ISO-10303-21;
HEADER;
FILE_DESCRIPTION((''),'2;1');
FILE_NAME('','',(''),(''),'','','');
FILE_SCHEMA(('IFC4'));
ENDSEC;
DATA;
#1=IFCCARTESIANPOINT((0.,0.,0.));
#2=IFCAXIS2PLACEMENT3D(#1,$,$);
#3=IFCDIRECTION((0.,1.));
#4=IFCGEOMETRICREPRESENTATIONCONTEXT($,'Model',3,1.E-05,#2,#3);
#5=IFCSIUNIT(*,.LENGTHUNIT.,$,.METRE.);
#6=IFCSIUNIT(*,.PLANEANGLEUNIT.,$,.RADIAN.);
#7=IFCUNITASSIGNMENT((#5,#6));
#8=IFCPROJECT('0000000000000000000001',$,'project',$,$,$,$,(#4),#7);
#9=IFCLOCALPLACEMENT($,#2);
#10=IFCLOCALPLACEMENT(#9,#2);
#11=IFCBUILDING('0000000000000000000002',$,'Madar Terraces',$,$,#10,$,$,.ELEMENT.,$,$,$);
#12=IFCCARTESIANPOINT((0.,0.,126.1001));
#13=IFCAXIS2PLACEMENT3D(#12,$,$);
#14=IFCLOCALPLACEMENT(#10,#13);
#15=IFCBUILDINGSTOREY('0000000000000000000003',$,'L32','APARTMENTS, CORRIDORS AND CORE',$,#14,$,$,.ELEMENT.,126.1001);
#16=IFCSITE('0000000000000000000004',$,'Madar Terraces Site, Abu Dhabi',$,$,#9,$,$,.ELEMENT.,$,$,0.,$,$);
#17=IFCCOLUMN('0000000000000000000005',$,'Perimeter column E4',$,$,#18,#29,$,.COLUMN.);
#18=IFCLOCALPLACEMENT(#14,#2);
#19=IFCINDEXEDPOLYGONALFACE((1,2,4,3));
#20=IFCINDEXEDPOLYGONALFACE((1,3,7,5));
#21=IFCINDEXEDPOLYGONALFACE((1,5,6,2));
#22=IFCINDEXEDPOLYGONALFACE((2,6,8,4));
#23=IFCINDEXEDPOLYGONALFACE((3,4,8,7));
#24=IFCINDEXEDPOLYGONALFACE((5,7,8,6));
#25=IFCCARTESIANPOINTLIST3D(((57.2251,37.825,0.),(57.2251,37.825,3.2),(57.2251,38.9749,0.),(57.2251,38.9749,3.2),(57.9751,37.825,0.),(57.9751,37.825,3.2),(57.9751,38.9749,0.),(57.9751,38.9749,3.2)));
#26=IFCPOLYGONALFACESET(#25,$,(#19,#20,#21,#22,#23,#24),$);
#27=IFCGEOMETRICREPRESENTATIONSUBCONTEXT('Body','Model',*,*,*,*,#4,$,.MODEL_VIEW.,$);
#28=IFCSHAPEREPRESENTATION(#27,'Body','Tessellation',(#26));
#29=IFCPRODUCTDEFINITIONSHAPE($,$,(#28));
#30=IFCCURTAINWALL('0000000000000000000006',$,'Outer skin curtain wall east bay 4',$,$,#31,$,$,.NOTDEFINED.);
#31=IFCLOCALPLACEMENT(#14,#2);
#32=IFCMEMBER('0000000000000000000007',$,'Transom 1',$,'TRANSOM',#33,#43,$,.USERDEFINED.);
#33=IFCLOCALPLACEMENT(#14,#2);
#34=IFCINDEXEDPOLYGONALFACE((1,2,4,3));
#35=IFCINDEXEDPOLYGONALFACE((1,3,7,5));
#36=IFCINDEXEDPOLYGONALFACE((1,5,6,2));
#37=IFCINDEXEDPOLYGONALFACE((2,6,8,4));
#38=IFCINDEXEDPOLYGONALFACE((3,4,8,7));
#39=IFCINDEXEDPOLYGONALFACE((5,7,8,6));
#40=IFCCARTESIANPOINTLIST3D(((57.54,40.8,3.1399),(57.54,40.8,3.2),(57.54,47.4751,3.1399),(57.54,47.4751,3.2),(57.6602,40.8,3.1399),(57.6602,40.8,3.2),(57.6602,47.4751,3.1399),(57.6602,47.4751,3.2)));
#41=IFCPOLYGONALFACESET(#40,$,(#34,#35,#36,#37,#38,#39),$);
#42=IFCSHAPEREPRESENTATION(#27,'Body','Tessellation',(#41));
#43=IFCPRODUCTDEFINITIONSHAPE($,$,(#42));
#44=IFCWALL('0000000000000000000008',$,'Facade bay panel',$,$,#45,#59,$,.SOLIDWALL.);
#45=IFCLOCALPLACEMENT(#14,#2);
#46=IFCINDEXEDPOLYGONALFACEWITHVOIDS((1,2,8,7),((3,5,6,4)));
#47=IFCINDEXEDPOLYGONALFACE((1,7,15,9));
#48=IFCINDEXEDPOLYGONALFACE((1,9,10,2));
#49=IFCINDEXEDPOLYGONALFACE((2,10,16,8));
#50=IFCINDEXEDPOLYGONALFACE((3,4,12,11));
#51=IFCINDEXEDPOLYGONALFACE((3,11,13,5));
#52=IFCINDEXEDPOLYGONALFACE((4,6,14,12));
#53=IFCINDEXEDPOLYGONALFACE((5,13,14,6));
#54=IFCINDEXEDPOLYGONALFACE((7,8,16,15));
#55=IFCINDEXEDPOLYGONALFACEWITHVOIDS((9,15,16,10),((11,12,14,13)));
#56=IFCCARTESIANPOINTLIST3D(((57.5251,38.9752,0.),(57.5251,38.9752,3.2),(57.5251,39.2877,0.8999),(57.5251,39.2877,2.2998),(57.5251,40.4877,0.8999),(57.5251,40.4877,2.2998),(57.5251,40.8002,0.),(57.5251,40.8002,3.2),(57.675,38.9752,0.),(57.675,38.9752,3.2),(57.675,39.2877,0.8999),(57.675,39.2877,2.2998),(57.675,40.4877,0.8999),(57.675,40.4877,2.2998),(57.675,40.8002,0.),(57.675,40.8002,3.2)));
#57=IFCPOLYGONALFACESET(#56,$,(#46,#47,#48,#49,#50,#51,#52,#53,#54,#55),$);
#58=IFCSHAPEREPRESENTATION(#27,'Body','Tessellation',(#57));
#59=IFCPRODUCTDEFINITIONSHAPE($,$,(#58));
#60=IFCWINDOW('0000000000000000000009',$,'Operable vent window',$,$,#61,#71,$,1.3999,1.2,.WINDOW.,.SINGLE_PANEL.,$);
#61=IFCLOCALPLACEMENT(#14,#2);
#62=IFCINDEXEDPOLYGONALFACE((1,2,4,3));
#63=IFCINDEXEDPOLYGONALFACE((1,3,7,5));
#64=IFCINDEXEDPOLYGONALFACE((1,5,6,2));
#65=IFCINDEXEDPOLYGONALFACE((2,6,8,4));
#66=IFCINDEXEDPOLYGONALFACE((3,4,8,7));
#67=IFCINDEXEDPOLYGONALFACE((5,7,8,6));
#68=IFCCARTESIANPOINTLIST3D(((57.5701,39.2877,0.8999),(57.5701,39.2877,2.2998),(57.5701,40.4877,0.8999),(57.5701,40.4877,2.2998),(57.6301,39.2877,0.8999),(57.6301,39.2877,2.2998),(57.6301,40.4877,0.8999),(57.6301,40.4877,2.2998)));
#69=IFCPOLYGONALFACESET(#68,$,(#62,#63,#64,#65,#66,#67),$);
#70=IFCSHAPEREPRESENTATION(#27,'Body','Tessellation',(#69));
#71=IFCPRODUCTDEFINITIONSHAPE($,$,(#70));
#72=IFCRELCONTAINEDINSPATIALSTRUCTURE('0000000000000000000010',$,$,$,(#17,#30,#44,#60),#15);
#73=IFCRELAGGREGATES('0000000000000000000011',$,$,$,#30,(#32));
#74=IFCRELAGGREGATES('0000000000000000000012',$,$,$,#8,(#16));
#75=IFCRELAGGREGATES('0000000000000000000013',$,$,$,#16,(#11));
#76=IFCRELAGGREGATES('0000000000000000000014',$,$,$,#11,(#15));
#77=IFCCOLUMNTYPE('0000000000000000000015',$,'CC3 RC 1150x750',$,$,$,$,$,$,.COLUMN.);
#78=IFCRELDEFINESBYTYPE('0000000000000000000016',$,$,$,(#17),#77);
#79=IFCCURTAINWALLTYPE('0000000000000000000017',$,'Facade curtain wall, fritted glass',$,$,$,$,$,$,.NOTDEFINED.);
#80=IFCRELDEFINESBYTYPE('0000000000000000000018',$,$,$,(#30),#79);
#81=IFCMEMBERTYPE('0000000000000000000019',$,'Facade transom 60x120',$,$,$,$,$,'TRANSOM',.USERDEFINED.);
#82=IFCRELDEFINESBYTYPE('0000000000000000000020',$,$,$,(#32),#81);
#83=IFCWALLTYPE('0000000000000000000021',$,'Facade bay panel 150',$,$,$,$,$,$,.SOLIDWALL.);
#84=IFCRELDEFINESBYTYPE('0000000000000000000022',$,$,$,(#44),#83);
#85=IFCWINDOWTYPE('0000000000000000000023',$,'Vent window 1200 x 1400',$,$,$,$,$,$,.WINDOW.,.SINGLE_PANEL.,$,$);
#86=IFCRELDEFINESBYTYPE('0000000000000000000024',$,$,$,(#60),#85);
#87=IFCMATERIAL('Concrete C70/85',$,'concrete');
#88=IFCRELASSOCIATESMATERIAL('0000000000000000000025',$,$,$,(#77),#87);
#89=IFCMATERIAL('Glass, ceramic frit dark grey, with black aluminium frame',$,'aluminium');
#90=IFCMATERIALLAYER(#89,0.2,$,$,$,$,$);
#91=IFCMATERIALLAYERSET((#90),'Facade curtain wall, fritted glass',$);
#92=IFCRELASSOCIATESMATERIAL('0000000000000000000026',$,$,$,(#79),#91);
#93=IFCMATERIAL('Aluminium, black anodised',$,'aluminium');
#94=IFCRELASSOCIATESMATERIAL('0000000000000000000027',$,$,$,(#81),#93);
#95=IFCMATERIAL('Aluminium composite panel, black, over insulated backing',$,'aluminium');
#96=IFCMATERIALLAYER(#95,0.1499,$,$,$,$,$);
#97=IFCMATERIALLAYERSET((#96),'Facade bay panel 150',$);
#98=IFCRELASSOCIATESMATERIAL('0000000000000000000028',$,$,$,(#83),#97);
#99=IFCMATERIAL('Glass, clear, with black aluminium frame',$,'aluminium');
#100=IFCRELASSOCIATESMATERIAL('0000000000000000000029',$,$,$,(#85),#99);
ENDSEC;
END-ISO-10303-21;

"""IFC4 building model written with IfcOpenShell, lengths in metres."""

from ifc_helpers import new_model, si_unit, direction, frame, frame_2d, origin, origin_2d, place, context, subcontext, project, spatial, rectangle, extrude, material, layer, layer_set, material_profile, profile_set, type_object, element, fill, aggregate, save


model = new_model("IFC4")

# Units and contexts
model_context = context("Model", 3, precision=1e-05, world=origin(), true_north=direction((0.0, 1.0)))
body_context = subcontext(model_context, "Body", "Model", "MODEL_VIEW")
ifc_project = project(units=[si_unit("LENGTHUNIT", "METRE"), si_unit("PLANEANGLEUNIT", "RADIAN")], contexts=[model_context])

# Site, building, storey
site_placement = place(None, origin())
site = spatial("IfcSite", under=ifc_project, at=site_placement, Name="Madar Terraces Site, Abu Dhabi", CompositionType="ELEMENT", RefElevation=0.0)
building_placement = place(site_placement, origin())
building = spatial("IfcBuilding", under=site, at=building_placement, Name="Madar Terraces", CompositionType="ELEMENT")
storey_placement = place(building_placement, frame((0.0, 0.0, 126.1001)))
storey = spatial("IfcBuildingStorey", under=building, at=storey_placement, Name="L32", Description="APARTMENTS, CORRIDORS AND CORE", CompositionType="ELEMENT", Elevation=126.1001)

# Column
ifc_material_1 = material(Name="Concrete C70/85", Category="concrete")
ifc_material_profile_1 = material_profile(ifc_material_1, rectangle(XDim=1.1499, YDim=0.75, at=origin_2d()), Name="CC3 RC 1150x750")
ifc_profile_set_1 = profile_set([ifc_material_profile_1], Name="Concrete C70/85")
column_type = type_object("IfcColumnType", Name="CC3 RC 1150x750", PredefinedType="COLUMN", material=ifc_profile_set_1)
column_placement = place(storey_placement, frame((57.6001, 38.3999, 0.0), z_axis=(0.0, 0.0, 1.0), x_axis=(0.0, 1.0, 0.0)))
element("IfcColumn", 1, at=column_placement, inside=storey, type_object=column_type, Name="Perimeter column E4", PredefinedType="COLUMN", context=body_context, shape_type="SweptSolid", body=[
    extrude(rectangle(XDim=1.1499, YDim=0.75, at=origin_2d()), origin(), (0.0, 0.0, 1.0), 3.2),
])

# Curtain wall, member
ifc_material_2 = material(Name="Glass, ceramic frit dark grey, with black aluminium frame", Category="aluminium")
ifc_layer_1 = layer(ifc_material_2, 0.2)
ifc_layer_set_1 = layer_set([ifc_layer_1], Name="Facade curtain wall, fritted glass")
curtain_wall_type = type_object("IfcCurtainWallType", Name="Facade curtain wall, fritted glass", PredefinedType="NOTDEFINED", material=ifc_layer_set_1)
curtain_wall_placement = place(storey_placement, origin())
curtain_wall = element("IfcCurtainWall", 2, at=curtain_wall_placement, inside=storey, type_object=curtain_wall_type, Name="Outer skin curtain wall east bay 4", PredefinedType="NOTDEFINED")
ifc_material_3 = material(Name="Aluminium, black anodised", Category="aluminium")
ifc_material_profile_2 = material_profile(ifc_material_3, rectangle(XDim=0.1201, YDim=0.0601, at=origin_2d()), Name="Facade transom 60x120")
ifc_profile_set_2 = profile_set([ifc_material_profile_2], Name="Aluminium, black anodised")
member_type = type_object("IfcMemberType", Name="Facade transom 60x120", ElementType="TRANSOM", PredefinedType="USERDEFINED", material=ifc_profile_set_2)
member_placement = place(storey_placement, frame((57.6001, 40.8, 3.1699), z_axis=(0.0, 1.0, 0.0), x_axis=(-1.0, 0.0, 0.0)))
member = element("IfcMember", 3, at=member_placement, type_object=member_type, Name="Transom 1", ObjectType="TRANSOM", PredefinedType="USERDEFINED", context=body_context, shape_type="SweptSolid", body=[
    extrude(rectangle(XDim=0.1201, YDim=0.0601, at=origin_2d()), origin(), (0.0, 0.0, 1.0), 6.675),
])
aggregate(curtain_wall, [member])

# Wall, opening, window
ifc_material_4 = material(Name="Aluminium composite panel, black, over insulated backing", Category="aluminium")
ifc_layer_2 = layer(ifc_material_4, 0.1499)
ifc_layer_set_2 = layer_set([ifc_layer_2], Name="Facade bay panel 150")
wall_type_1 = type_object("IfcWallType", Name="Facade bay panel 150", PredefinedType="SOLIDWALL", material=ifc_layer_set_2)
wall_1_placement = place(storey_placement, frame((57.6001, 38.9751, 0.0), z_axis=(0.0, 0.0, 1.0), x_axis=(0.0, 1.0, 0.0)))
wall_1 = element("IfcWall", 4, at=wall_1_placement, inside=storey, type_object=wall_type_1, Name="Facade bay panel", PredefinedType="SOLIDWALL", context=body_context, shape_type="SweptSolid", body=[
    extrude(rectangle(XDim=1.825, YDim=0.1499, at=frame_2d((0.9126, 0.0))), origin(), (0.0, 0.0, 1.0), 3.2),
])
opening_1_placement = place(wall_1_placement, frame((0.3125, 0.0, 0.8999)))
opening_1 = element("IfcOpeningElement", 5, at=opening_1_placement, cuts=wall_1, PredefinedType="OPENING", context=body_context, shape_type="SweptSolid", body=[
    extrude(rectangle(XDim=1.2, YDim=1.3999, at=frame_2d((0.6001, 0.7))), frame((0.0, 0.085, 0.0), z_axis=(0.0, -1.0, 0.0), x_axis=(1.0, 0.0, 0.0)), (0.0, 0.0, 1.0), 0.1699),
])
ifc_material_5 = material(Name="Glass, clear, with black aluminium frame", Category="aluminium")
window_type = type_object("IfcWindowType", Name="Vent window 1200 x 1400", PartitioningType="SINGLE_PANEL", PredefinedType="WINDOW", material=ifc_material_5)
window_placement = place(opening_1_placement, origin())
window = element("IfcWindow", 6, at=window_placement, inside=storey, type_object=window_type, Name="Operable vent window", OverallHeight=1.3999, OverallWidth=1.2, PartitioningType="SINGLE_PANEL", PredefinedType="WINDOW", context=body_context, shape_type="SweptSolid", body=[
    extrude(rectangle(XDim=1.2, YDim=1.3999, at=frame_2d((0.6001, 0.7))), frame((0.0, 0.03, 0.0), z_axis=(0.0, -1.0, 0.0), x_axis=(1.0, 0.0, 0.0)), (0.0, 0.0, 1.0), 0.0601),
])
fill(opening_1, window)

save(model, "model.ifc")
